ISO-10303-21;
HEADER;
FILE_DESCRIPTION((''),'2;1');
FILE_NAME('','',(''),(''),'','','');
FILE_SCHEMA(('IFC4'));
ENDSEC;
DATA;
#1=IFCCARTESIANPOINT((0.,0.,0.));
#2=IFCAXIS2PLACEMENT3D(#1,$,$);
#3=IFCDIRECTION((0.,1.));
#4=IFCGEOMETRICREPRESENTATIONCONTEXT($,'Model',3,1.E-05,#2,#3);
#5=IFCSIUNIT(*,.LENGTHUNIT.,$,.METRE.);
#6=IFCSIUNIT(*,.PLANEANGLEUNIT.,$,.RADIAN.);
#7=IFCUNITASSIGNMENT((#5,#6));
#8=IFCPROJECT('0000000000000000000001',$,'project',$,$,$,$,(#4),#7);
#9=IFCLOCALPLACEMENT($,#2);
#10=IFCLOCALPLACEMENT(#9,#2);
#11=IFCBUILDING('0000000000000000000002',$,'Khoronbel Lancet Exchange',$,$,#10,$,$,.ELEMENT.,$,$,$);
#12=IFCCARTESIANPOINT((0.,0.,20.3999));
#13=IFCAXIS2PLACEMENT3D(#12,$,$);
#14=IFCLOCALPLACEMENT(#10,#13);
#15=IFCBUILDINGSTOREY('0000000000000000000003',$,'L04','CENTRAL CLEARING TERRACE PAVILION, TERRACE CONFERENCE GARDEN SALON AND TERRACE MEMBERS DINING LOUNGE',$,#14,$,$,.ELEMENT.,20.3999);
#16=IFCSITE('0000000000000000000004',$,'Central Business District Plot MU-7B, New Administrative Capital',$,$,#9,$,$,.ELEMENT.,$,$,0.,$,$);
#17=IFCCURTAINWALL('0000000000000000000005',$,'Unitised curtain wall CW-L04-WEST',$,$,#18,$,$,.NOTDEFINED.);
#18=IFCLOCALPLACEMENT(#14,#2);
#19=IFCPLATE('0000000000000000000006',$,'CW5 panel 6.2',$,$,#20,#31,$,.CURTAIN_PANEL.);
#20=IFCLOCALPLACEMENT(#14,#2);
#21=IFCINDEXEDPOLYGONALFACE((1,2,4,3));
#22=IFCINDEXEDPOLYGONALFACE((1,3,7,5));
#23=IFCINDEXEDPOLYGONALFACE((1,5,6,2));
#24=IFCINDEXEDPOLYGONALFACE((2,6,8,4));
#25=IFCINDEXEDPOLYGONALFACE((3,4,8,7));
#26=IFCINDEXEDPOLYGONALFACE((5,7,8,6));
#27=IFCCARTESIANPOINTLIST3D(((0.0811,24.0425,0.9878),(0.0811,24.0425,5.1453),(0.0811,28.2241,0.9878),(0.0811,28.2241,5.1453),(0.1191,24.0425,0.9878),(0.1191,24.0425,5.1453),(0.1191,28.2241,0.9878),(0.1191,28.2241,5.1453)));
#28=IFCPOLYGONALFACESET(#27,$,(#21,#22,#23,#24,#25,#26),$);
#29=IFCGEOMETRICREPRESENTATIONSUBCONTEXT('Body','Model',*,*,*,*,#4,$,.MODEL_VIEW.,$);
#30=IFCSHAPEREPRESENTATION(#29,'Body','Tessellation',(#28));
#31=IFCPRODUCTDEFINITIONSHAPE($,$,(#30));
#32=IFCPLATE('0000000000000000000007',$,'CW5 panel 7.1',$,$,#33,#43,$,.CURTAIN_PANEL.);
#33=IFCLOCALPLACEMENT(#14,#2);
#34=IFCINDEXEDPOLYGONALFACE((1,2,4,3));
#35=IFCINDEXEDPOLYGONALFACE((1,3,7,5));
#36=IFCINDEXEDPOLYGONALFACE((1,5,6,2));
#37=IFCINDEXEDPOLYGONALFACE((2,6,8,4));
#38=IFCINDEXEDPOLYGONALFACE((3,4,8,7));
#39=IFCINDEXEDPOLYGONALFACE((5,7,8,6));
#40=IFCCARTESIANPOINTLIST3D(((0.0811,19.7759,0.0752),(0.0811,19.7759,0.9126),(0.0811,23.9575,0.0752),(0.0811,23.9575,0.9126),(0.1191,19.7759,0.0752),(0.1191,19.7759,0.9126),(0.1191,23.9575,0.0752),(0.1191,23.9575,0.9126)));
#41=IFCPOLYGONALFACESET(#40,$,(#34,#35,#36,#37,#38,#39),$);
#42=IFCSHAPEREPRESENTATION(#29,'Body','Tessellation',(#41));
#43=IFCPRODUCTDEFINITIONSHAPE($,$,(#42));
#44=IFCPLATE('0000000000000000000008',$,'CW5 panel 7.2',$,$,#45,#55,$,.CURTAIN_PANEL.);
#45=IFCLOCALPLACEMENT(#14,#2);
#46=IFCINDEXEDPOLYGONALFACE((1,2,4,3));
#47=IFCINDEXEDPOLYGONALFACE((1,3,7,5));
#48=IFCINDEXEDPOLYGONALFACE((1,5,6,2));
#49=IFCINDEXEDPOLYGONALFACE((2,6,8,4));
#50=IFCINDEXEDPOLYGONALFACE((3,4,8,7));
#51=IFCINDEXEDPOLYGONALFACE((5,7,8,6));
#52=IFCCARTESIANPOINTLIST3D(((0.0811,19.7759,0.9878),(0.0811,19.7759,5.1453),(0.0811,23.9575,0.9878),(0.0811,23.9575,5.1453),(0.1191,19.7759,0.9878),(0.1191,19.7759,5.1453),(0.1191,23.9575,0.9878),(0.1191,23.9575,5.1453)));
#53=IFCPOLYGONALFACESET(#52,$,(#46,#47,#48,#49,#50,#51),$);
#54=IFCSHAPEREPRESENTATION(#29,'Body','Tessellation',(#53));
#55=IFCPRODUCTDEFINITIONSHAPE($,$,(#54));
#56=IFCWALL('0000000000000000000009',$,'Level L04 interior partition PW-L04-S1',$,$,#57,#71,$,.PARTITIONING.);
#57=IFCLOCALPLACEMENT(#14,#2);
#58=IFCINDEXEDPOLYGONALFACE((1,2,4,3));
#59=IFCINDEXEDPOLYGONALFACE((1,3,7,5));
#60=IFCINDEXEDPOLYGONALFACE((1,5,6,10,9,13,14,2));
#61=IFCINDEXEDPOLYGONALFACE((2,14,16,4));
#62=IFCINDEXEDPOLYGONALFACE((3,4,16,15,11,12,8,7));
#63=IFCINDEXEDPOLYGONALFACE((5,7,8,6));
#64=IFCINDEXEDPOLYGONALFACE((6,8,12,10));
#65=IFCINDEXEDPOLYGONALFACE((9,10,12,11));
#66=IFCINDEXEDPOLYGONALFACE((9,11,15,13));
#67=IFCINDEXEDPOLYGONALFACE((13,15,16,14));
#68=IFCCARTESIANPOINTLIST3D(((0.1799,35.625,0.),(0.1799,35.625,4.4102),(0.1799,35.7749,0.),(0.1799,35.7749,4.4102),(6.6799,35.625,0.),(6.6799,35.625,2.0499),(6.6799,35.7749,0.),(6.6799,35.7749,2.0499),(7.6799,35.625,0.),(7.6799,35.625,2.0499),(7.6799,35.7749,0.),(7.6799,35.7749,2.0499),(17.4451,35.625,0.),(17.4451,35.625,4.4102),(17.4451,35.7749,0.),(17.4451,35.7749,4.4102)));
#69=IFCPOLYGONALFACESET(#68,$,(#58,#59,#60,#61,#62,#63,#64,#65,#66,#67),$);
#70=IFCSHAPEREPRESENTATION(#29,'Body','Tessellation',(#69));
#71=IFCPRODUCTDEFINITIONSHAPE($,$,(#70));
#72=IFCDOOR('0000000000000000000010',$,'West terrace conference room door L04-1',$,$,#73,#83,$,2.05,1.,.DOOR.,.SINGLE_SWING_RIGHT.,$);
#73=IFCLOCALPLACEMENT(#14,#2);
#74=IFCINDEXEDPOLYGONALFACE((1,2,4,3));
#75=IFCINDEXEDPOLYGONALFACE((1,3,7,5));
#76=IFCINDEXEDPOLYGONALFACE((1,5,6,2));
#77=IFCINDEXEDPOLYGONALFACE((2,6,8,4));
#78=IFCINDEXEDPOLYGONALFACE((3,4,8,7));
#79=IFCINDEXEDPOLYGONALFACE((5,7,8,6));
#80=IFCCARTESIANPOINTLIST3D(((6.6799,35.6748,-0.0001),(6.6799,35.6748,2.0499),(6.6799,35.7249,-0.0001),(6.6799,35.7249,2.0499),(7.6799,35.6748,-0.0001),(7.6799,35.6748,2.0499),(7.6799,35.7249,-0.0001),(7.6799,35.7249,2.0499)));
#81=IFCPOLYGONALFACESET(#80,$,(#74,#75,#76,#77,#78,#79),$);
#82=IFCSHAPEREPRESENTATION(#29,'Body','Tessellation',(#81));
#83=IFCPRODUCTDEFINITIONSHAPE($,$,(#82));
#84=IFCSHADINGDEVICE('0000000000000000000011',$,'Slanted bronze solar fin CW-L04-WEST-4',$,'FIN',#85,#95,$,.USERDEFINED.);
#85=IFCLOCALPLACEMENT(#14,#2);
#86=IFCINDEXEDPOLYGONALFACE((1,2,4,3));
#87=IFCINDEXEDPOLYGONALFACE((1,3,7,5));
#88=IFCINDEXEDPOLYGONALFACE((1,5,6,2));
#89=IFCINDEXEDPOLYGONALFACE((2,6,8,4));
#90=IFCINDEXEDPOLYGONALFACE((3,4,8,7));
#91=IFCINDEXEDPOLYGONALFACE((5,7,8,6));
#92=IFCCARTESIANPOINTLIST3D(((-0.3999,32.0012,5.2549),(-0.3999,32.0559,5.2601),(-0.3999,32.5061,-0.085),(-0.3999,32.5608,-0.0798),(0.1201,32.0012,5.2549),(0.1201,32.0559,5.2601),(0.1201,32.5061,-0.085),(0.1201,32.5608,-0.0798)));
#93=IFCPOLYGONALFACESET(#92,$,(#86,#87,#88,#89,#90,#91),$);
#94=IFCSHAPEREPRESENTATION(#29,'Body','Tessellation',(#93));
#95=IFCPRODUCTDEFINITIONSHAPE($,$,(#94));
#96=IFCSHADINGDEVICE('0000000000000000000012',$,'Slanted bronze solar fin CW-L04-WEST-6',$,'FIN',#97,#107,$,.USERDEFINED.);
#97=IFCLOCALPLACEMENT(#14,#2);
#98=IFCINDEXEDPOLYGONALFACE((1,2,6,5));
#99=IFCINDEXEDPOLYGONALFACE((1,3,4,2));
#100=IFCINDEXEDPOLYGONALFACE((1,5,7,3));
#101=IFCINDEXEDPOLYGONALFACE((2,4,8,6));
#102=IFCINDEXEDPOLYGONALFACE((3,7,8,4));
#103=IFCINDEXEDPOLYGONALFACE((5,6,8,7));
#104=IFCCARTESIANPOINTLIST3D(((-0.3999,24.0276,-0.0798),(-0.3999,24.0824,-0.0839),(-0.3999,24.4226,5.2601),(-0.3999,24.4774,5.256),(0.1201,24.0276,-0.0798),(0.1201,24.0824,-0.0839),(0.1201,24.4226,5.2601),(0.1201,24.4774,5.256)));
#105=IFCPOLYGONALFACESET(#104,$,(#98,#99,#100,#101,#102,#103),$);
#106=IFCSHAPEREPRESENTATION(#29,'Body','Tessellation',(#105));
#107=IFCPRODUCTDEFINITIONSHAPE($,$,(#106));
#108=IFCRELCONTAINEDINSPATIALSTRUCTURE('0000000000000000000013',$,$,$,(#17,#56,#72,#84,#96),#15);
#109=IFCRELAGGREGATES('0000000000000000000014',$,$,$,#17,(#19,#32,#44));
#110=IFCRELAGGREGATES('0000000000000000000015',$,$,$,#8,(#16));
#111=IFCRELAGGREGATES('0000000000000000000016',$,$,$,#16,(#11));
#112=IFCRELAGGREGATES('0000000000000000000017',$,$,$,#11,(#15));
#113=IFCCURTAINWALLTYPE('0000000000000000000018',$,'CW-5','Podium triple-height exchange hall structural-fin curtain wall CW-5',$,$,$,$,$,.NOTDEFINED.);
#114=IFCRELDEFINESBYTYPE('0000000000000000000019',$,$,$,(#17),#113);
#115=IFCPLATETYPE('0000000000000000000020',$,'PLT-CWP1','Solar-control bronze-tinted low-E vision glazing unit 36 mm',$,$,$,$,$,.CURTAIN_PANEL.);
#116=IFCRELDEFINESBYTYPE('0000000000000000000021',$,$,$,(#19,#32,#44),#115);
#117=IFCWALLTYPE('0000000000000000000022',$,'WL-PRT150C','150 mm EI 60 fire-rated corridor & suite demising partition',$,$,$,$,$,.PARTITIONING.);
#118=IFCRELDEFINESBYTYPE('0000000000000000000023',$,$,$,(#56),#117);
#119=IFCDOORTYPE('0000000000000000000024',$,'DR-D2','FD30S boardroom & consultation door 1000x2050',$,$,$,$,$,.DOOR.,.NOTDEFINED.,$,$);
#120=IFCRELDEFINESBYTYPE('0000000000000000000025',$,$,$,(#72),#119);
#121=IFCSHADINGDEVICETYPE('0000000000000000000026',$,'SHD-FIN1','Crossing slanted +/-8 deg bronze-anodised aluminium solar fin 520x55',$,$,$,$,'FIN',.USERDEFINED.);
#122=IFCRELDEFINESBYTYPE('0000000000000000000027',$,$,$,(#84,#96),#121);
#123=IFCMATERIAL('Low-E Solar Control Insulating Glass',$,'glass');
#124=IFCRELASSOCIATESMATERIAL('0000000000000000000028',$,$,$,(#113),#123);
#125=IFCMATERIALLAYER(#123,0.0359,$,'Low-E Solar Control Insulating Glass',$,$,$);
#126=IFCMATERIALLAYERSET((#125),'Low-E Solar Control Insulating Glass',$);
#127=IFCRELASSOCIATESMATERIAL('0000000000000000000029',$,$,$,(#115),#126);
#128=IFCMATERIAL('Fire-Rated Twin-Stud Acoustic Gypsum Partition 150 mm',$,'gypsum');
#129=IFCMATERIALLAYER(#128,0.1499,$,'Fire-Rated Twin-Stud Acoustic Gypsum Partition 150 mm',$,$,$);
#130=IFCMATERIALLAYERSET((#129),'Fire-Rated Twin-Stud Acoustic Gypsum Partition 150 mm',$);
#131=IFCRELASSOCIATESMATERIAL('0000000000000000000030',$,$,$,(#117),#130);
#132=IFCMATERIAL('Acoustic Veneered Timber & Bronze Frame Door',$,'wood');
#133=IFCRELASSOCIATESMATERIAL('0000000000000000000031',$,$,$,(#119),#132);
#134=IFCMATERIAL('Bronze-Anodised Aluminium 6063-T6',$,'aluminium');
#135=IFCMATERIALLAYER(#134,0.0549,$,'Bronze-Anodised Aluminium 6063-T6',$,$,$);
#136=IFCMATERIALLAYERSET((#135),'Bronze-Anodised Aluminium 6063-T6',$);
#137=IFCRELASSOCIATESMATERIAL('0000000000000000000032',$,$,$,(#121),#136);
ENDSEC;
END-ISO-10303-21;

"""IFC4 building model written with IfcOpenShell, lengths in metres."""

from ifc_helpers import new_model, si_unit, direction, frame, frame_2d, origin, origin_2d, place, context, subcontext, project, spatial, polyline, rectangle, outline, extrude, material, layer, layer_set, type_object, element, fill, aggregate, save


model = new_model("IFC4")

# Units and contexts
model_context = context("Model", 3, precision=1e-05, world=origin(), true_north=direction((0.0, 1.0)))
body_context = subcontext(model_context, "Body", "Model", "MODEL_VIEW")
ifc_project = project(units=[si_unit("LENGTHUNIT", "METRE"), si_unit("PLANEANGLEUNIT", "RADIAN")], contexts=[model_context])

# Site, building, storey
site_placement = place(None, origin())
site = spatial("IfcSite", under=ifc_project, at=site_placement, Name="Central Business District Plot MU-7B, New Administrative Capital", CompositionType="ELEMENT", RefElevation=0.0)
building_placement = place(site_placement, origin())
building = spatial("IfcBuilding", under=site, at=building_placement, Name="Khoronbel Lancet Exchange", CompositionType="ELEMENT")
storey_placement = place(building_placement, frame((0.0, 0.0, 20.3999)))
storey = spatial("IfcBuildingStorey", under=building, at=storey_placement, Name="L04", Description="CENTRAL CLEARING TERRACE PAVILION, TERRACE CONFERENCE GARDEN SALON AND TERRACE MEMBERS DINING LOUNGE", CompositionType="ELEMENT", Elevation=20.3999)

# Curtain wall, plates
ifc_material_1 = material(Name="Low-E Solar Control Insulating Glass", Category="glass")
curtain_wall_type = type_object("IfcCurtainWallType", Name="CW-5", Description="Podium triple-height exchange hall structural-fin curtain wall CW-5", PredefinedType="NOTDEFINED", material=ifc_material_1)
curtain_wall_placement = place(storey_placement, origin())
curtain_wall = element("IfcCurtainWall", 1, at=curtain_wall_placement, inside=storey, type_object=curtain_wall_type, Name="Unitised curtain wall CW-L04-WEST", PredefinedType="NOTDEFINED")
ifc_material_2 = material(Name="Bronze-Anodised Aluminium 6063-T6", Category="aluminium")
ifc_layer_1 = layer(ifc_material_1, 0.0359, Name="Low-E Solar Control Insulating Glass")
ifc_layer_set_1 = layer_set([ifc_layer_1], Name="Low-E Solar Control Insulating Glass")
plate_type = type_object("IfcPlateType", Name="PLT-CWP1", Description="Solar-control bronze-tinted low-E vision glazing unit 36 mm", PredefinedType="CURTAIN_PANEL", material=ifc_layer_set_1)
plate_1_placement = place(storey_placement, frame((0.1001, 26.1333, 0.9878), z_axis=(0.0, 0.0, 1.0), x_axis=(0.0, -1.0, 0.0)))
plate_1 = element("IfcPlate", 2, at=plate_1_placement, type_object=plate_type, Name="CW5 panel 6.2", PredefinedType="CURTAIN_PANEL", context=body_context, shape_type="SweptSolid", body=[
    extrude(rectangle(XDim=4.1816, YDim=0.0381, at=origin_2d()), origin(), (0.0, 0.0, 1.0), 4.1575),
])
plate_2_placement = place(storey_placement, frame((0.1001, 21.8667, 0.0752), z_axis=(0.0, 0.0, 1.0), x_axis=(0.0, -1.0, 0.0)))
plate_2 = element("IfcPlate", 3, at=plate_2_placement, type_object=plate_type, Name="CW5 panel 7.1", PredefinedType="CURTAIN_PANEL", context=body_context, shape_type="SweptSolid", body=[
    extrude(rectangle(XDim=4.1816, YDim=0.0381, at=origin_2d()), origin(), (0.0, 0.0, 1.0), 0.8374),
])
plate_3_placement = place(storey_placement, frame((0.1001, 21.8667, 0.9878), z_axis=(0.0, 0.0, 1.0), x_axis=(0.0, -1.0, 0.0)))
plate_3 = element("IfcPlate", 4, at=plate_3_placement, type_object=plate_type, Name="CW5 panel 7.2", PredefinedType="CURTAIN_PANEL", context=body_context, shape_type="SweptSolid", body=[
    extrude(rectangle(XDim=4.1816, YDim=0.0381, at=origin_2d()), origin(), (0.0, 0.0, 1.0), 4.1575),
])
aggregate(curtain_wall, [plate_1, plate_2, plate_3])

# Wall, opening, door
ifc_material_3 = material(Name="Fire-Rated Twin-Stud Acoustic Gypsum Partition 150 mm", Category="gypsum")
ifc_layer_2 = layer(ifc_material_3, 0.1499, Name="Fire-Rated Twin-Stud Acoustic Gypsum Partition 150 mm")
ifc_layer_set_2 = layer_set([ifc_layer_2], Name="Fire-Rated Twin-Stud Acoustic Gypsum Partition 150 mm")
wall_type = type_object("IfcWallType", Name="WL-PRT150C", Description="150 mm EI 60 fire-rated corridor & suite demising partition", PredefinedType="PARTITIONING", material=ifc_layer_set_2)
wall_placement = place(storey_placement, frame((0.1799, 35.7, 0.0), z_axis=(0.0, 0.0, 1.0), x_axis=(1.0, 0.0, 0.0)))
wall = element("IfcWall", 5, at=wall_placement, inside=storey, type_object=wall_type, Name="Level L04 interior partition PW-L04-S1", PredefinedType="PARTITIONING", context=body_context, shape_type="SweptSolid", body=[
    extrude(rectangle(XDim=17.2651, YDim=0.1499, at=frame_2d((8.6326, 0.0))), origin(), (0.0, 0.0, 1.0), 4.4102),
])
opening_placement = place(wall_placement, frame((6.5, 0.0, 0.0)))
opening = element("IfcOpeningElement", 6, at=opening_placement, cuts=wall, PredefinedType="OPENING", context=body_context, shape_type="SweptSolid", body=[
    extrude(rectangle(XDim=1.0, YDim=2.05, at=frame_2d((0.5, 1.0249))), frame((0.0, 0.085, 0.0), z_axis=(0.0, -1.0, 0.0), x_axis=(1.0, 0.0, 0.0)), (0.0, 0.0, 1.0), 0.1699),
])
ifc_material_4 = material(Name="Acoustic Veneered Timber & Bronze Frame Door", Category="wood")
door_type = type_object("IfcDoorType", Name="DR-D2", Description="FD30S boardroom & consultation door 1000x2050", OperationType="NOTDEFINED", PredefinedType="DOOR", material=ifc_material_4)
door_placement = place(opening_placement, origin())
door = element("IfcDoor", 7, at=door_placement, inside=storey, type_object=door_type, Name="West terrace conference room door L04-1", OperationType="SINGLE_SWING_RIGHT", OverallHeight=2.05, OverallWidth=1.0, PredefinedType="DOOR", context=body_context, shape_type="SweptSolid", body=[
    extrude(rectangle(XDim=1.0, YDim=2.05, at=frame_2d((0.5, 1.0249))), frame((0.0, 0.0249, 0.0), z_axis=(0.0, -1.0, 0.0), x_axis=(1.0, 0.0, 0.0)), (0.0, 0.0, 1.0), 0.05),
])
fill(opening, door)

# Shading devices
ifc_layer_3 = layer(ifc_material_2, 0.0549, Name="Bronze-Anodised Aluminium 6063-T6")
ifc_layer_set_3 = layer_set([ifc_layer_3], Name="Bronze-Anodised Aluminium 6063-T6")
shading_device_type = type_object("IfcShadingDeviceType", Name="SHD-FIN1", Description="Crossing slanted +/-8 deg bronze-anodised aluminium solar fin 520x55", ElementType="FIN", PredefinedType="USERDEFINED", material=ifc_layer_set_3)
shading_device_1_placement = place(storey_placement, frame((0.1201, 32.5608, -0.0798), z_axis=(0.0, 0.99556, 0.09413), x_axis=(-1.0, 0.0, 0.0)))
element("IfcShadingDevice", 8, at=shading_device_1_placement, inside=storey, type_object=shading_device_type, Name="Slanted bronze solar fin CW-L04-WEST-4", ObjectType="FIN", PredefinedType="USERDEFINED", context=body_context, shape_type="SweptSolid", body=[
    extrude(outline(polyline([(0.0, 0.0), (0.52, 0.0), (0.52, 5.3638), (0.0, 5.3638), (0.0, 0.0)])), origin(), (0.0, 0.0, -1.0), 0.0549),
])
shading_device_2_placement = place(storey_placement, frame((0.1201, 24.0276, -0.0798), z_axis=(0.0, -0.997275, 0.073774), x_axis=(-1.0, 0.0, 0.0)))
element("IfcShadingDevice", 9, at=shading_device_2_placement, inside=storey, type_object=shading_device_type, Name="Slanted bronze solar fin CW-L04-WEST-6", ObjectType="FIN", PredefinedType="USERDEFINED", context=body_context, shape_type="SweptSolid", body=[
    extrude(outline(polyline([(0.0, 0.0), (0.52, 0.0), (0.52, -5.3545), (0.0, -5.3545), (0.0, 0.0)])), origin(), (0.0, 0.0, -1.0), 0.0549),
])

save(model, "model.ifc")
